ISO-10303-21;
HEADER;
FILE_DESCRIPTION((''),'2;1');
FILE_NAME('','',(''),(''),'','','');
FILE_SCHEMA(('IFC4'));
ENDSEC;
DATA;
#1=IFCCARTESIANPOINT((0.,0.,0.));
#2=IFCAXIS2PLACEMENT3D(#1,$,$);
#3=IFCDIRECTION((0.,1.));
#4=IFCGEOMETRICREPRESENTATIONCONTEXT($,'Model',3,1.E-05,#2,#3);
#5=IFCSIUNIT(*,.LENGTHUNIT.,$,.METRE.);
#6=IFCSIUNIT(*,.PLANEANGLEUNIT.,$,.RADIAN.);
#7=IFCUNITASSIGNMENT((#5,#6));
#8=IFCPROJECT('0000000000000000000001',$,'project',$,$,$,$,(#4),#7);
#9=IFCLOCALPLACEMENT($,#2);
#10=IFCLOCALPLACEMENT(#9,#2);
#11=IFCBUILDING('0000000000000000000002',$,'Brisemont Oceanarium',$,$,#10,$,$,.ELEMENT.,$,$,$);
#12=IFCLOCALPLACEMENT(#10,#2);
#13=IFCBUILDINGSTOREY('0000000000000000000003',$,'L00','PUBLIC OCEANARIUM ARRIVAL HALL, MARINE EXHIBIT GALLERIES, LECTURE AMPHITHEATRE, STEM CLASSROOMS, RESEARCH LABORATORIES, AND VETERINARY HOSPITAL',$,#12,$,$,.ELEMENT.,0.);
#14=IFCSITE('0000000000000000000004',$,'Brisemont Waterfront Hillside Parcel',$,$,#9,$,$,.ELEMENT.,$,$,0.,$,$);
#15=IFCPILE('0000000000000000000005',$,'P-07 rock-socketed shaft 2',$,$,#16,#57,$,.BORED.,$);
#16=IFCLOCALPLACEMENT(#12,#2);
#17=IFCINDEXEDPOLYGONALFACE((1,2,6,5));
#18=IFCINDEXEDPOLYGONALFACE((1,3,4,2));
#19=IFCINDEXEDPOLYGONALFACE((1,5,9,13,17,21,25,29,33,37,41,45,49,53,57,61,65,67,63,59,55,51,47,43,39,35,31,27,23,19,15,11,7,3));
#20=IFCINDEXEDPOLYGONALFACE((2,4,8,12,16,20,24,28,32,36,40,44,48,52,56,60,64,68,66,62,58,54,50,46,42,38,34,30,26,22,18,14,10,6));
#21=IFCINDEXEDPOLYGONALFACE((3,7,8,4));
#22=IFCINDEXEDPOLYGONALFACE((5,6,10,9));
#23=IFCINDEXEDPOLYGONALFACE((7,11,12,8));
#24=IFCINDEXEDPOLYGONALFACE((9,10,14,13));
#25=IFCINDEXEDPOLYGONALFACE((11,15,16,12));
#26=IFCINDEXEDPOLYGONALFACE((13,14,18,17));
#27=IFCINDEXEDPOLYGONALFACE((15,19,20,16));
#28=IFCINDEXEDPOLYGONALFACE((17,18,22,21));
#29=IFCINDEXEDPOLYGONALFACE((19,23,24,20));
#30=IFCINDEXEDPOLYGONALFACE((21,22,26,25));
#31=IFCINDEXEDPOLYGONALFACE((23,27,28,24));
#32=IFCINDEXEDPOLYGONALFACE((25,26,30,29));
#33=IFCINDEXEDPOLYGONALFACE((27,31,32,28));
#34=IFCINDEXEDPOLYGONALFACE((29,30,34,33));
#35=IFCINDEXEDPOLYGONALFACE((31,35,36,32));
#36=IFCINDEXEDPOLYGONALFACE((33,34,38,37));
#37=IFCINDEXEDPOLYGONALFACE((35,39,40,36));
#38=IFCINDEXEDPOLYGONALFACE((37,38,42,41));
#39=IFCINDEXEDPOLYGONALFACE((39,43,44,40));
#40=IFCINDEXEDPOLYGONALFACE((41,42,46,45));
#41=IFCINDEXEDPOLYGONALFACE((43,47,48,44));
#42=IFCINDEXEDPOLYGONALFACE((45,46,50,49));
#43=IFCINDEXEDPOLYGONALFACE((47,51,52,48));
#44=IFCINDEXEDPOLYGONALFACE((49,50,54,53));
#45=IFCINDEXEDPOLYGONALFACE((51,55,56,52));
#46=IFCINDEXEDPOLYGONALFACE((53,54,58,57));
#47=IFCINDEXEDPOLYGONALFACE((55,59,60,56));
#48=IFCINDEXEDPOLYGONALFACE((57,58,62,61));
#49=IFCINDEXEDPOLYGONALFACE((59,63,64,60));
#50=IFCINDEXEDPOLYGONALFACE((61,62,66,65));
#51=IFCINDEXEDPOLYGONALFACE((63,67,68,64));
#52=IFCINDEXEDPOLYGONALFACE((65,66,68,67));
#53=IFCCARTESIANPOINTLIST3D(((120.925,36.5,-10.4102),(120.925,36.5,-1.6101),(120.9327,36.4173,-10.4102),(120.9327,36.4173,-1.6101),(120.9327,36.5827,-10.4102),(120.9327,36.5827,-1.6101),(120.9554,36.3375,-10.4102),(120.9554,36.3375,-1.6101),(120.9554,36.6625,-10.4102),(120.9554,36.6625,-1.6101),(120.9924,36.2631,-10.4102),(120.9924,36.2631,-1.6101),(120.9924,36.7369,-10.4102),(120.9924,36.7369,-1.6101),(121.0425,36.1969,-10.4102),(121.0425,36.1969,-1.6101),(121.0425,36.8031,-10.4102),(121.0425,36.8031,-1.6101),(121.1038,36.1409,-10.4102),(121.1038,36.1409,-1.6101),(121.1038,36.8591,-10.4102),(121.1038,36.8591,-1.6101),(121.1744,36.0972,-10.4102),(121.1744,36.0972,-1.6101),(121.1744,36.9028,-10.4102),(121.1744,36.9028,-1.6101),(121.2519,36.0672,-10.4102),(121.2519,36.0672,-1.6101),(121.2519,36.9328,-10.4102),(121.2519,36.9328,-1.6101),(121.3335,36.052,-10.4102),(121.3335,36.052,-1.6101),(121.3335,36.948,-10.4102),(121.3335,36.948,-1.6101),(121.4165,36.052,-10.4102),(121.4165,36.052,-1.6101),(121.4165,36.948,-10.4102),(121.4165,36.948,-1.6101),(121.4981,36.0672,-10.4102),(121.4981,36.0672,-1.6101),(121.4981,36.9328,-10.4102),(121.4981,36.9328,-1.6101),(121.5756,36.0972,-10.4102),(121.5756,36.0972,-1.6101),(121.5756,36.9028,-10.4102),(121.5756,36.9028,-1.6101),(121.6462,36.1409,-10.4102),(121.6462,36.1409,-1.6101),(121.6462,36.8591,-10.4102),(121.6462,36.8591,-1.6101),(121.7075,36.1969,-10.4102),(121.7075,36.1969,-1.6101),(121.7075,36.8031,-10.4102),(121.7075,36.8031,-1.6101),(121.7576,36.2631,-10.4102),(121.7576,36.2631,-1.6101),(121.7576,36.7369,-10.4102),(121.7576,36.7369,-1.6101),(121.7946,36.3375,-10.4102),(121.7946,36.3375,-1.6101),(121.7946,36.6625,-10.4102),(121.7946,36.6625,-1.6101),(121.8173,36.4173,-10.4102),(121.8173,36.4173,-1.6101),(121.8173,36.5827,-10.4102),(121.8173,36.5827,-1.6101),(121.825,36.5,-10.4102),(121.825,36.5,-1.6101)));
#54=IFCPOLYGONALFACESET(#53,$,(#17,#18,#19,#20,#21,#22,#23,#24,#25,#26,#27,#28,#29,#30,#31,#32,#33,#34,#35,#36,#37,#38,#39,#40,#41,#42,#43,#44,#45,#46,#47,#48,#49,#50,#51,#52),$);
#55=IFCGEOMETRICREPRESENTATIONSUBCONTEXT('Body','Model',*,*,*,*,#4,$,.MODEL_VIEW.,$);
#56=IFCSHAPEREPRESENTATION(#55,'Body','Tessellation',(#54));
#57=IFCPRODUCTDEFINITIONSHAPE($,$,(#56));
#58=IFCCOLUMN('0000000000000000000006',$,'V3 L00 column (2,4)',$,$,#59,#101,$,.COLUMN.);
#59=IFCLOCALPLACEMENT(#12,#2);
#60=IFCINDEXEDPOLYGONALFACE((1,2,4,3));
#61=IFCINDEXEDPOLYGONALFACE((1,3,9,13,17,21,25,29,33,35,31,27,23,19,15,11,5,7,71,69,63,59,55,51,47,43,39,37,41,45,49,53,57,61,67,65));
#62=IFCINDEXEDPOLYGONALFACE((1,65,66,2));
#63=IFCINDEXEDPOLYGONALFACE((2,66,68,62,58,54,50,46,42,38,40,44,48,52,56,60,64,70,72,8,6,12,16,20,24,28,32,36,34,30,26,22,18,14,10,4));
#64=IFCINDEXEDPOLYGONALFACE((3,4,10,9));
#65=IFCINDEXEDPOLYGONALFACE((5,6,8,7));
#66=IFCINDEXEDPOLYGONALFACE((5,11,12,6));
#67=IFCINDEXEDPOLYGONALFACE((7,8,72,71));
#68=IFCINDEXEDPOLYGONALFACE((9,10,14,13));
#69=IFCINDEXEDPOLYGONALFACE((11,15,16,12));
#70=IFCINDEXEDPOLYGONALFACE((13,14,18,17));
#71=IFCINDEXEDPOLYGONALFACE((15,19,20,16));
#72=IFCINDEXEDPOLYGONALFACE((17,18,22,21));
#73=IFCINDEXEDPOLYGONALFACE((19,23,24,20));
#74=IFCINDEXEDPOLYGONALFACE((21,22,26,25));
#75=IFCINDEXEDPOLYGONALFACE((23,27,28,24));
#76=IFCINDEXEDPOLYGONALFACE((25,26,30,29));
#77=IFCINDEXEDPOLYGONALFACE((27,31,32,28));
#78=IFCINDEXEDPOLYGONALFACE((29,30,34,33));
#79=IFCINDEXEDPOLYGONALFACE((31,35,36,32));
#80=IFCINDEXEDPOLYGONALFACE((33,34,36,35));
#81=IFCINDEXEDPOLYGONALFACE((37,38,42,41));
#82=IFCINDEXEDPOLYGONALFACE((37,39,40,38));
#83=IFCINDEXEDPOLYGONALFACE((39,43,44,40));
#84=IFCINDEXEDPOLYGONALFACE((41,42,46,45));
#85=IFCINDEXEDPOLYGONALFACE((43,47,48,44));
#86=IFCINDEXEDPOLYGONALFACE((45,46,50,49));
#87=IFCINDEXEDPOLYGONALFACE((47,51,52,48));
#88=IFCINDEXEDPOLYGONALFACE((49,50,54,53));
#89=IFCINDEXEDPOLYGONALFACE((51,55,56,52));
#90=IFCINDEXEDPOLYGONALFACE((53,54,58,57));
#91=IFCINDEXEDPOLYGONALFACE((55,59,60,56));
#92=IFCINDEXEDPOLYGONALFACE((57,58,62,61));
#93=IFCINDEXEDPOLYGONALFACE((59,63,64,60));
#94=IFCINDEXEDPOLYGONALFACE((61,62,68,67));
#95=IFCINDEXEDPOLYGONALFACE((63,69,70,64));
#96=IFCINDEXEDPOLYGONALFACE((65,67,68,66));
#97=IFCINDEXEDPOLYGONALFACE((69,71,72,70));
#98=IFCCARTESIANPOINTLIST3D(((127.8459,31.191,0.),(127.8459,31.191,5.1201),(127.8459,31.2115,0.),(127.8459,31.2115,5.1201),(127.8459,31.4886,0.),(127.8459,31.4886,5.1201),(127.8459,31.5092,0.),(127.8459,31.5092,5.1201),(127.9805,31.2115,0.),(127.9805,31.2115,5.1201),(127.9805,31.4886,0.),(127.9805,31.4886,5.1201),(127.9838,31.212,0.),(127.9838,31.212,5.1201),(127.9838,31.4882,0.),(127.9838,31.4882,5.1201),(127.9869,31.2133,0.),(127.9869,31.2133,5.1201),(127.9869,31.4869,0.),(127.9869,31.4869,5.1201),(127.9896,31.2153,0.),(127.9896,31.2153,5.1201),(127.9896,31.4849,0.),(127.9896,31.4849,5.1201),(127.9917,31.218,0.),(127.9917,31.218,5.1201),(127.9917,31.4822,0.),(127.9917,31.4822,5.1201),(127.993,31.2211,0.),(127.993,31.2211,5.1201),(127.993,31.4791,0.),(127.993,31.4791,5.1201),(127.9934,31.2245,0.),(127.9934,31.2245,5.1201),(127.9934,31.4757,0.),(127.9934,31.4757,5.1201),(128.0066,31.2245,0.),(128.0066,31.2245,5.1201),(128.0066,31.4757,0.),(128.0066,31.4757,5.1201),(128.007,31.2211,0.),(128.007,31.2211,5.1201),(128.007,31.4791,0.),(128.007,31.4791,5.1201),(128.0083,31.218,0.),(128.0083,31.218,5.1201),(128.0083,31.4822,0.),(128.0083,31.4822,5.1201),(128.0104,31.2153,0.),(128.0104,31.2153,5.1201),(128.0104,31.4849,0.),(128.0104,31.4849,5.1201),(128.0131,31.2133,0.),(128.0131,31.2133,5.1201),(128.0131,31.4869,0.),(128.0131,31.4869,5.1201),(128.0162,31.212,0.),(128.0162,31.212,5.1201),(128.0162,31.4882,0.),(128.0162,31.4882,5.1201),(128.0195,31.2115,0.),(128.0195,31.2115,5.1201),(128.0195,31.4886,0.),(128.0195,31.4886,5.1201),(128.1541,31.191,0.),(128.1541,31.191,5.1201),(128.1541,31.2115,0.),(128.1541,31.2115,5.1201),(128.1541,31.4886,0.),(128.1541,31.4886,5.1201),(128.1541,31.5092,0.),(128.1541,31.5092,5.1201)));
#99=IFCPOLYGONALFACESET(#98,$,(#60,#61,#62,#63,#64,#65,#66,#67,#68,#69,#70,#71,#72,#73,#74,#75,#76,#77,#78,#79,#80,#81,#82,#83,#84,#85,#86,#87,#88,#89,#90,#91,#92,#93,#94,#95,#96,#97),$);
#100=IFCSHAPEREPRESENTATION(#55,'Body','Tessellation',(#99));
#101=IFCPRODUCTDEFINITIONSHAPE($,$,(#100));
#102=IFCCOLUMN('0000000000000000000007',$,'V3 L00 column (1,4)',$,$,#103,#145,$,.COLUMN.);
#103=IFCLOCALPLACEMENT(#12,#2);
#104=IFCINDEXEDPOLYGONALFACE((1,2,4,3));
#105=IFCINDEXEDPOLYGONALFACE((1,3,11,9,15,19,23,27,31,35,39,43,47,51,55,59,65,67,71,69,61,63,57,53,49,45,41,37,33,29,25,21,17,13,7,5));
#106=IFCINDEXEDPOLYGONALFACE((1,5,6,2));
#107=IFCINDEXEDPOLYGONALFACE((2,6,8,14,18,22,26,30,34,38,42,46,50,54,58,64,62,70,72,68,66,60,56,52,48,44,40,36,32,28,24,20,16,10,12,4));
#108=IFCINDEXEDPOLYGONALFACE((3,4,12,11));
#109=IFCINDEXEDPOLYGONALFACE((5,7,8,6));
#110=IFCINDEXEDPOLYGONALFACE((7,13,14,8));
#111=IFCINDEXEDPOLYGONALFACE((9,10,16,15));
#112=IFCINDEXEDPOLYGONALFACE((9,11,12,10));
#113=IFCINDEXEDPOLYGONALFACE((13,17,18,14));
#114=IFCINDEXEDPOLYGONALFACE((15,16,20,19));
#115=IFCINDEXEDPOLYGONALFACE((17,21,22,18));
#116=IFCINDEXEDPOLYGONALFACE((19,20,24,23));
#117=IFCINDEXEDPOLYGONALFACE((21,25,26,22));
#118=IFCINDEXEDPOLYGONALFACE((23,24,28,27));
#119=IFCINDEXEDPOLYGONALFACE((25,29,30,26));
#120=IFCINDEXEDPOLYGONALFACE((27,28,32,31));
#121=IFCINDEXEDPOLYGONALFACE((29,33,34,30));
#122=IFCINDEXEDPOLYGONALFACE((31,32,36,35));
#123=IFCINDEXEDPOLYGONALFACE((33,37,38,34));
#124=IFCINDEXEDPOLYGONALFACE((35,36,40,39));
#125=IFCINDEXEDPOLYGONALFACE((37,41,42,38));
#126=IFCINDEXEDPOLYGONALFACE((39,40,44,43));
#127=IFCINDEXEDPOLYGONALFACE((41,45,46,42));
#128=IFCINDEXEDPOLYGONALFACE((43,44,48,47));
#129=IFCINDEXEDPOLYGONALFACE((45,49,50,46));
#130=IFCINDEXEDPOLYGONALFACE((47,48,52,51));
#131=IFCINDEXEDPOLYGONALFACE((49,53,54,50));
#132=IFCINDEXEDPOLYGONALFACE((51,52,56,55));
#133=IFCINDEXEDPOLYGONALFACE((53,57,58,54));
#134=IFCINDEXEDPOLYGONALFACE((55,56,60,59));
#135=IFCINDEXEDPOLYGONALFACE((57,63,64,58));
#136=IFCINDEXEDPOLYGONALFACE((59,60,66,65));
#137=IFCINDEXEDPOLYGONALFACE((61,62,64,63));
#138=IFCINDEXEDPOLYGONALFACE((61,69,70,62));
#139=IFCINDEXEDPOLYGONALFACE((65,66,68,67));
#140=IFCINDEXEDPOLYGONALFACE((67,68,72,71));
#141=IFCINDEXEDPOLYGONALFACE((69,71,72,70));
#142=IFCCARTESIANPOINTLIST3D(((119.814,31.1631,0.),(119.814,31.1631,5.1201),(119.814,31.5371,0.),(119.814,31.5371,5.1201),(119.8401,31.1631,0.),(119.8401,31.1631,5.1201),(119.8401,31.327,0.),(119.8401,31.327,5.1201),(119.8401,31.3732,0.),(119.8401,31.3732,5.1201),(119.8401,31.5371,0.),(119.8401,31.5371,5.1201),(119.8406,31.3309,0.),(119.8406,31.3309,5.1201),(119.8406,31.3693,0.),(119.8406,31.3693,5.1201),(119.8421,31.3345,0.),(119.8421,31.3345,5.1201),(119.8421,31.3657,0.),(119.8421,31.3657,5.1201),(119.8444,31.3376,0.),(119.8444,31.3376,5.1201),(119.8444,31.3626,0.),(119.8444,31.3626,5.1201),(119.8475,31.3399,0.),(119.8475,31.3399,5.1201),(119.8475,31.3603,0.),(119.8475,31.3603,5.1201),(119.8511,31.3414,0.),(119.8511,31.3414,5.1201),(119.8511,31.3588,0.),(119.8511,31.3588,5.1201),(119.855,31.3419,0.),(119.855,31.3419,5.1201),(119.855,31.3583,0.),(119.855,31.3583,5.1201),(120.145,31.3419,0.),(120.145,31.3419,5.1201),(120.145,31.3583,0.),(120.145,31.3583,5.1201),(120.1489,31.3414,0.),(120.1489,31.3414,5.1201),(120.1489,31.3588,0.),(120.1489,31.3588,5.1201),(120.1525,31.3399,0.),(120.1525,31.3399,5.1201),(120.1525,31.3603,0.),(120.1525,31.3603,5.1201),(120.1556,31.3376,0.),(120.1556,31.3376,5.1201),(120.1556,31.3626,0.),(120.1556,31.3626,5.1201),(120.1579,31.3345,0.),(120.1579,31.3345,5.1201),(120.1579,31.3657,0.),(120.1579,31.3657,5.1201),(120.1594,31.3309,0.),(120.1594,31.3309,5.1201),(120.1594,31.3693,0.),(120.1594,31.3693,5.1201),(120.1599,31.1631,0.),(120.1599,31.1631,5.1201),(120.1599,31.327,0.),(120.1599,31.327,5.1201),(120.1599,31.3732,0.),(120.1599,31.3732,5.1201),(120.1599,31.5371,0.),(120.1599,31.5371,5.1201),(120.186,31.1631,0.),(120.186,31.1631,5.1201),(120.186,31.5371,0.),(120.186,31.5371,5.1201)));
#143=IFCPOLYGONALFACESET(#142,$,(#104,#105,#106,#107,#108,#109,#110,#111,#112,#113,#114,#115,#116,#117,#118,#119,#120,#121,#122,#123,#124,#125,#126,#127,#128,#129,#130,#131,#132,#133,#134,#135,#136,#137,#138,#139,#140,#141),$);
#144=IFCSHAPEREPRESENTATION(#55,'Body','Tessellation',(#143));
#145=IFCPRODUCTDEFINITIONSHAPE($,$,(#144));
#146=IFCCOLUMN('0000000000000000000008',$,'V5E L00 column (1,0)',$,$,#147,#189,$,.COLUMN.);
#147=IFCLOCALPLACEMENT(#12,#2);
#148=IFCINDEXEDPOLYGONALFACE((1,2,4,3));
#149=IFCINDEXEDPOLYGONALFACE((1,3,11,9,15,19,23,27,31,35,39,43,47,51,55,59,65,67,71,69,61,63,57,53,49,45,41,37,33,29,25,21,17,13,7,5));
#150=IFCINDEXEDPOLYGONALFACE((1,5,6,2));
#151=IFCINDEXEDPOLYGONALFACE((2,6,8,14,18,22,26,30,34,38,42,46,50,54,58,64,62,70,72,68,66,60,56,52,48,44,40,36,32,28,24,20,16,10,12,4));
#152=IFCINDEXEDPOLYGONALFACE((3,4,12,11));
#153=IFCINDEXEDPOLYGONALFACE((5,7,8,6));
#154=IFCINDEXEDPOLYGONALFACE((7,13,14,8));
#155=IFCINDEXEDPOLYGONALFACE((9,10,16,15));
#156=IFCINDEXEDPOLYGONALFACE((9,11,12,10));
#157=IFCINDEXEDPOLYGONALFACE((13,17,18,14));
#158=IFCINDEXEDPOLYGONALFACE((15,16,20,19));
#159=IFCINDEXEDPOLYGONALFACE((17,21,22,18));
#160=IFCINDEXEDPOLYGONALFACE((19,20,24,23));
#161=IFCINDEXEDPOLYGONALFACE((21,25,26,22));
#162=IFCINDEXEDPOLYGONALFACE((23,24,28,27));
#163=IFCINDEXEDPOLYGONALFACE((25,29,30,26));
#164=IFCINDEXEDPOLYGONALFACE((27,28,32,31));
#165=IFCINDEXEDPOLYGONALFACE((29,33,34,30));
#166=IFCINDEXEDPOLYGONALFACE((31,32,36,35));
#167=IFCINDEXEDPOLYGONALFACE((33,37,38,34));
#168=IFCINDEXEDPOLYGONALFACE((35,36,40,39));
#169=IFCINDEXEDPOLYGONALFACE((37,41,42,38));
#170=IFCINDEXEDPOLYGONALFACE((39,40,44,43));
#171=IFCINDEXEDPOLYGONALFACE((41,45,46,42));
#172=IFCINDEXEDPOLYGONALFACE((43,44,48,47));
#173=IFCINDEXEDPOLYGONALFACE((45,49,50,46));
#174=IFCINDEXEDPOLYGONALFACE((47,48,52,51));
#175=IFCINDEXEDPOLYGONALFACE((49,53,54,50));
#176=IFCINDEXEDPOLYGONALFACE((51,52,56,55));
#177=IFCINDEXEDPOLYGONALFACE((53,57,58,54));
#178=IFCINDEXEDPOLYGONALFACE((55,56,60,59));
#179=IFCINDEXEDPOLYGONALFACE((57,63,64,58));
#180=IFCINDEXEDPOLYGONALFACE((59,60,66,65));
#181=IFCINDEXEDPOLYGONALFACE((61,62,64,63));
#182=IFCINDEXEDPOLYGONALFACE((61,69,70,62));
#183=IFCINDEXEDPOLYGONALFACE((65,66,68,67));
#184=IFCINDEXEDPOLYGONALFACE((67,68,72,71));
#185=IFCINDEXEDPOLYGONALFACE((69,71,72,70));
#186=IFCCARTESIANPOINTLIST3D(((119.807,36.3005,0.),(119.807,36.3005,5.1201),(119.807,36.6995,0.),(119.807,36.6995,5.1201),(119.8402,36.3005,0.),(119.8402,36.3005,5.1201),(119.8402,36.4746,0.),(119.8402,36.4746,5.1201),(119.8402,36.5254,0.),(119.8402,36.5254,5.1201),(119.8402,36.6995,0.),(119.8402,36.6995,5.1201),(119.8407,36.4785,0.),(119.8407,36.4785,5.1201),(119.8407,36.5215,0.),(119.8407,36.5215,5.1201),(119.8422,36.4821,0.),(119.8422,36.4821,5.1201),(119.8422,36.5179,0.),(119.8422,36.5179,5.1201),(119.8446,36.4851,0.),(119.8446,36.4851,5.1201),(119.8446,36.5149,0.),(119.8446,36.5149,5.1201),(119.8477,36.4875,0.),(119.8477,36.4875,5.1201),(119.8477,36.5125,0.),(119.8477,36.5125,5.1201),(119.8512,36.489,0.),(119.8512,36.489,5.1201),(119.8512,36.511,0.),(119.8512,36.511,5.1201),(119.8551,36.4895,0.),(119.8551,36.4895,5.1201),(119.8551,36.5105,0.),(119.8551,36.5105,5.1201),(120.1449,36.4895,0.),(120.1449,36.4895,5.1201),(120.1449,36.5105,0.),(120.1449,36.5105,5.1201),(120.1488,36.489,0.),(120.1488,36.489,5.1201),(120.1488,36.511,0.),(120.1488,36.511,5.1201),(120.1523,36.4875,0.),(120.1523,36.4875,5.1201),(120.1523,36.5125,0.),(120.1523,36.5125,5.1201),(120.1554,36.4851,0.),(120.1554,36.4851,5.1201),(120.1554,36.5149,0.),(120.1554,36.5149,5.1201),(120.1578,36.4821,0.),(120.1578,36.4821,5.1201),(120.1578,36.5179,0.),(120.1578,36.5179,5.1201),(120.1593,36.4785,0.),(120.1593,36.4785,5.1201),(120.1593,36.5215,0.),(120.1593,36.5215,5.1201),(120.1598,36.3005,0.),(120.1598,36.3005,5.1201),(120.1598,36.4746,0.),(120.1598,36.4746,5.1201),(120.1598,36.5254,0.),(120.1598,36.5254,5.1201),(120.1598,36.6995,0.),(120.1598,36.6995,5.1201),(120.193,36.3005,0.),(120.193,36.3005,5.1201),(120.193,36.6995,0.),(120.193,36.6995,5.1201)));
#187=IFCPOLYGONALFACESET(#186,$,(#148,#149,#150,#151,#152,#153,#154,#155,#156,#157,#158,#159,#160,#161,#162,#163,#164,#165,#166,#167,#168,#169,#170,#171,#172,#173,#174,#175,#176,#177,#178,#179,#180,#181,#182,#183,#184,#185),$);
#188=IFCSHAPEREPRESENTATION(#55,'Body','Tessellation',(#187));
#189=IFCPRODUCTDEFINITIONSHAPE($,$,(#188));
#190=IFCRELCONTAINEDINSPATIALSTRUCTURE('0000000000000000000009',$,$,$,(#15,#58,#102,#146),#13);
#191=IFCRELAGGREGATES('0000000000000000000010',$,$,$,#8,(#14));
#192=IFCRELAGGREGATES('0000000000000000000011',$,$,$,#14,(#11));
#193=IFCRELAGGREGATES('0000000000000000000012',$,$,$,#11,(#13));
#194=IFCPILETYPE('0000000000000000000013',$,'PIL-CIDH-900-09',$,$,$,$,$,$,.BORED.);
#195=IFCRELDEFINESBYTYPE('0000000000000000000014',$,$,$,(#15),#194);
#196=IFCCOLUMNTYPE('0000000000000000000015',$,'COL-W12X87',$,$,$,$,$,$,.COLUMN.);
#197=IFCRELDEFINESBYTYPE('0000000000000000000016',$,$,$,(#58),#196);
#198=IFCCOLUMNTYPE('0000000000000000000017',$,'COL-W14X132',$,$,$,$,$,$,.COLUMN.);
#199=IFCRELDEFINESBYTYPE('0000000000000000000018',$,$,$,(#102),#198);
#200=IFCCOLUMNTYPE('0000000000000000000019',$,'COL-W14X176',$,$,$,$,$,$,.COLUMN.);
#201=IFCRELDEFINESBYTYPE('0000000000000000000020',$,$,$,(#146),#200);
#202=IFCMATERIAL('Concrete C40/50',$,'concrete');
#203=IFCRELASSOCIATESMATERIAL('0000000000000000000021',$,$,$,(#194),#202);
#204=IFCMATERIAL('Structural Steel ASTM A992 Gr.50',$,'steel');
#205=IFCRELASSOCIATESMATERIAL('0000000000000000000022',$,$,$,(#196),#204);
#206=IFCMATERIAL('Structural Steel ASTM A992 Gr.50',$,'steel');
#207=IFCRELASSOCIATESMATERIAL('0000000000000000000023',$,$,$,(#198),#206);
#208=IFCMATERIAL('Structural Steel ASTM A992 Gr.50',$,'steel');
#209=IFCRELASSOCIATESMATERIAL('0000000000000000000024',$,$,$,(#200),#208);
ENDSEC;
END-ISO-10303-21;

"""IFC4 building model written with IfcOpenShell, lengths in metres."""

from ifc_helpers import new_model, si_unit, direction, frame, origin, origin_2d, place, context, subcontext, project, spatial, circle, i_section, extrude, material, material_profile, profile_set, type_object, element, save


model = new_model("IFC4")

# Units and contexts
model_context = context("Model", 3, precision=1e-05, world=origin(), true_north=direction((0.0, 1.0)))
body_context = subcontext(model_context, "Body", "Model", "MODEL_VIEW")
ifc_project = project(units=[si_unit("LENGTHUNIT", "METRE"), si_unit("PLANEANGLEUNIT", "RADIAN")], contexts=[model_context])

# Site, building, storey
site_placement = place(None, origin())
site = spatial("IfcSite", under=ifc_project, at=site_placement, Name="Brisemont Waterfront Hillside Parcel", CompositionType="ELEMENT", RefElevation=0.0)
building_placement = place(site_placement, origin())
building = spatial("IfcBuilding", under=site, at=building_placement, Name="Brisemont Oceanarium", CompositionType="ELEMENT")
storey_placement = place(building_placement, origin())
storey = spatial("IfcBuildingStorey", under=building, at=storey_placement, Name="L00", Description="PUBLIC OCEANARIUM ARRIVAL HALL, MARINE EXHIBIT GALLERIES, LECTURE AMPHITHEATRE, STEM CLASSROOMS, RESEARCH LABORATORIES, AND VETERINARY HOSPITAL", CompositionType="ELEMENT", Elevation=0.0)

# Pile
ifc_material_1 = material(Name="Concrete C40/50", Category="concrete")
ifc_material_profile_1 = material_profile(ifc_material_1, circle(Radius=0.45, at=origin_2d()), Name="CIDH-D900")
ifc_profile_set_1 = profile_set([ifc_material_profile_1], Name="Concrete C40/50")
pile_type_1 = type_object("IfcPileType", Name="PIL-CIDH-900-09", PredefinedType="BORED", material=ifc_profile_set_1)
for number, where, z_axis, x_axis, name in (
    (1, (121.375, 36.5, -1.6101), (0.0, 0.0, -1.0), (1.0, 0.0, 0.0), "P-07 rock-socketed shaft 2"),
):
    element("IfcPile", number, at=place(storey_placement, frame(where, z_axis=z_axis, x_axis=x_axis)), inside=storey, type_object=pile_type_1, Name=name, PredefinedType="BORED", context=body_context, shape_type="SweptSolid", body=[
        extrude(circle(Radius=0.45, at=origin_2d()), origin(), (0.0, 0.0, 1.0), 8.8),
    ])

# Columns
ifc_material_2 = material(Name="Structural Steel ASTM A992 Gr.50", Category="steel")
ifc_material_profile_2 = material_profile(ifc_material_2, i_section(OverallWidth=0.3081, OverallDepth=0.3181, WebThickness=0.0132, FlangeThickness=0.0205, FilletRadius=0.0129, at=origin_2d()), Name="W12X87")
ifc_profile_set_2 = profile_set([ifc_material_profile_2], Name="Structural Steel ASTM A992 Gr.50")
column_type_1 = type_object("IfcColumnType", Name="COL-W12X87", PredefinedType="COLUMN", material=ifc_profile_set_2)
column_1_placement = place(storey_placement, frame((128.0, 31.3501, 0.0), z_axis=(0.0, 0.0, 1.0), x_axis=(1.0, 0.0, 0.0)))
element("IfcColumn", 2, at=column_1_placement, inside=storey, type_object=column_type_1, Name="V3 L00 column (2,4)", PredefinedType="COLUMN", context=body_context, shape_type="SweptSolid", body=[
    extrude(i_section(OverallWidth=0.3081, OverallDepth=0.3181, WebThickness=0.0132, FlangeThickness=0.0205, FilletRadius=0.0129, at=origin_2d()), origin(), (0.0, 0.0, 1.0), 5.1201),
])
ifc_material_3 = material(Name="Structural Steel ASTM A992 Gr.50", Category="steel")
ifc_material_profile_3 = material_profile(ifc_material_3, i_section(OverallWidth=0.374, OverallDepth=0.3721, WebThickness=0.0164, FlangeThickness=0.0261, FilletRadius=0.0149, at=origin_2d()), Name="W14X132")
ifc_profile_set_3 = profile_set([ifc_material_profile_3], Name="Structural Steel ASTM A992 Gr.50")
column_type_2 = type_object("IfcColumnType", Name="COL-W14X132", PredefinedType="COLUMN", material=ifc_profile_set_3)
column_2_placement = place(storey_placement, frame((120.0, 31.3501, 0.0), z_axis=(0.0, 0.0, 1.0), x_axis=(0.0, 1.0, 0.0)))
element("IfcColumn", 3, at=column_2_placement, inside=storey, type_object=column_type_2, Name="V3 L00 column (1,4)", PredefinedType="COLUMN", context=body_context, shape_type="SweptSolid", body=[
    extrude(i_section(OverallWidth=0.374, OverallDepth=0.3721, WebThickness=0.0164, FlangeThickness=0.0261, FilletRadius=0.0149, at=origin_2d()), origin(), (0.0, 0.0, 1.0), 5.1201),
])
ifc_material_4 = material(Name="Structural Steel ASTM A992 Gr.50", Category="steel")
ifc_material_profile_4 = material_profile(ifc_material_4, i_section(OverallWidth=0.3989, OverallDepth=0.386, WebThickness=0.021, FlangeThickness=0.0332, FilletRadius=0.0149, at=origin_2d()), Name="W14X176")
ifc_profile_set_4 = profile_set([ifc_material_profile_4], Name="Structural Steel ASTM A992 Gr.50")
column_type_3 = type_object("IfcColumnType", Name="COL-W14X176", PredefinedType="COLUMN", material=ifc_profile_set_4)
column_3_placement = place(storey_placement, frame((120.0, 36.5, 0.0), z_axis=(0.0, 0.0, 1.0), x_axis=(0.0, 1.0, 0.0)))
element("IfcColumn", 4, at=column_3_placement, inside=storey, type_object=column_type_3, Name="V5E L00 column (1,0)", PredefinedType="COLUMN", context=body_context, shape_type="SweptSolid", body=[
    extrude(i_section(OverallWidth=0.3989, OverallDepth=0.386, WebThickness=0.021, FlangeThickness=0.0332, FilletRadius=0.0149, at=origin_2d()), origin(), (0.0, 0.0, 1.0), 5.1201),
])

save(model, "model.ifc")
